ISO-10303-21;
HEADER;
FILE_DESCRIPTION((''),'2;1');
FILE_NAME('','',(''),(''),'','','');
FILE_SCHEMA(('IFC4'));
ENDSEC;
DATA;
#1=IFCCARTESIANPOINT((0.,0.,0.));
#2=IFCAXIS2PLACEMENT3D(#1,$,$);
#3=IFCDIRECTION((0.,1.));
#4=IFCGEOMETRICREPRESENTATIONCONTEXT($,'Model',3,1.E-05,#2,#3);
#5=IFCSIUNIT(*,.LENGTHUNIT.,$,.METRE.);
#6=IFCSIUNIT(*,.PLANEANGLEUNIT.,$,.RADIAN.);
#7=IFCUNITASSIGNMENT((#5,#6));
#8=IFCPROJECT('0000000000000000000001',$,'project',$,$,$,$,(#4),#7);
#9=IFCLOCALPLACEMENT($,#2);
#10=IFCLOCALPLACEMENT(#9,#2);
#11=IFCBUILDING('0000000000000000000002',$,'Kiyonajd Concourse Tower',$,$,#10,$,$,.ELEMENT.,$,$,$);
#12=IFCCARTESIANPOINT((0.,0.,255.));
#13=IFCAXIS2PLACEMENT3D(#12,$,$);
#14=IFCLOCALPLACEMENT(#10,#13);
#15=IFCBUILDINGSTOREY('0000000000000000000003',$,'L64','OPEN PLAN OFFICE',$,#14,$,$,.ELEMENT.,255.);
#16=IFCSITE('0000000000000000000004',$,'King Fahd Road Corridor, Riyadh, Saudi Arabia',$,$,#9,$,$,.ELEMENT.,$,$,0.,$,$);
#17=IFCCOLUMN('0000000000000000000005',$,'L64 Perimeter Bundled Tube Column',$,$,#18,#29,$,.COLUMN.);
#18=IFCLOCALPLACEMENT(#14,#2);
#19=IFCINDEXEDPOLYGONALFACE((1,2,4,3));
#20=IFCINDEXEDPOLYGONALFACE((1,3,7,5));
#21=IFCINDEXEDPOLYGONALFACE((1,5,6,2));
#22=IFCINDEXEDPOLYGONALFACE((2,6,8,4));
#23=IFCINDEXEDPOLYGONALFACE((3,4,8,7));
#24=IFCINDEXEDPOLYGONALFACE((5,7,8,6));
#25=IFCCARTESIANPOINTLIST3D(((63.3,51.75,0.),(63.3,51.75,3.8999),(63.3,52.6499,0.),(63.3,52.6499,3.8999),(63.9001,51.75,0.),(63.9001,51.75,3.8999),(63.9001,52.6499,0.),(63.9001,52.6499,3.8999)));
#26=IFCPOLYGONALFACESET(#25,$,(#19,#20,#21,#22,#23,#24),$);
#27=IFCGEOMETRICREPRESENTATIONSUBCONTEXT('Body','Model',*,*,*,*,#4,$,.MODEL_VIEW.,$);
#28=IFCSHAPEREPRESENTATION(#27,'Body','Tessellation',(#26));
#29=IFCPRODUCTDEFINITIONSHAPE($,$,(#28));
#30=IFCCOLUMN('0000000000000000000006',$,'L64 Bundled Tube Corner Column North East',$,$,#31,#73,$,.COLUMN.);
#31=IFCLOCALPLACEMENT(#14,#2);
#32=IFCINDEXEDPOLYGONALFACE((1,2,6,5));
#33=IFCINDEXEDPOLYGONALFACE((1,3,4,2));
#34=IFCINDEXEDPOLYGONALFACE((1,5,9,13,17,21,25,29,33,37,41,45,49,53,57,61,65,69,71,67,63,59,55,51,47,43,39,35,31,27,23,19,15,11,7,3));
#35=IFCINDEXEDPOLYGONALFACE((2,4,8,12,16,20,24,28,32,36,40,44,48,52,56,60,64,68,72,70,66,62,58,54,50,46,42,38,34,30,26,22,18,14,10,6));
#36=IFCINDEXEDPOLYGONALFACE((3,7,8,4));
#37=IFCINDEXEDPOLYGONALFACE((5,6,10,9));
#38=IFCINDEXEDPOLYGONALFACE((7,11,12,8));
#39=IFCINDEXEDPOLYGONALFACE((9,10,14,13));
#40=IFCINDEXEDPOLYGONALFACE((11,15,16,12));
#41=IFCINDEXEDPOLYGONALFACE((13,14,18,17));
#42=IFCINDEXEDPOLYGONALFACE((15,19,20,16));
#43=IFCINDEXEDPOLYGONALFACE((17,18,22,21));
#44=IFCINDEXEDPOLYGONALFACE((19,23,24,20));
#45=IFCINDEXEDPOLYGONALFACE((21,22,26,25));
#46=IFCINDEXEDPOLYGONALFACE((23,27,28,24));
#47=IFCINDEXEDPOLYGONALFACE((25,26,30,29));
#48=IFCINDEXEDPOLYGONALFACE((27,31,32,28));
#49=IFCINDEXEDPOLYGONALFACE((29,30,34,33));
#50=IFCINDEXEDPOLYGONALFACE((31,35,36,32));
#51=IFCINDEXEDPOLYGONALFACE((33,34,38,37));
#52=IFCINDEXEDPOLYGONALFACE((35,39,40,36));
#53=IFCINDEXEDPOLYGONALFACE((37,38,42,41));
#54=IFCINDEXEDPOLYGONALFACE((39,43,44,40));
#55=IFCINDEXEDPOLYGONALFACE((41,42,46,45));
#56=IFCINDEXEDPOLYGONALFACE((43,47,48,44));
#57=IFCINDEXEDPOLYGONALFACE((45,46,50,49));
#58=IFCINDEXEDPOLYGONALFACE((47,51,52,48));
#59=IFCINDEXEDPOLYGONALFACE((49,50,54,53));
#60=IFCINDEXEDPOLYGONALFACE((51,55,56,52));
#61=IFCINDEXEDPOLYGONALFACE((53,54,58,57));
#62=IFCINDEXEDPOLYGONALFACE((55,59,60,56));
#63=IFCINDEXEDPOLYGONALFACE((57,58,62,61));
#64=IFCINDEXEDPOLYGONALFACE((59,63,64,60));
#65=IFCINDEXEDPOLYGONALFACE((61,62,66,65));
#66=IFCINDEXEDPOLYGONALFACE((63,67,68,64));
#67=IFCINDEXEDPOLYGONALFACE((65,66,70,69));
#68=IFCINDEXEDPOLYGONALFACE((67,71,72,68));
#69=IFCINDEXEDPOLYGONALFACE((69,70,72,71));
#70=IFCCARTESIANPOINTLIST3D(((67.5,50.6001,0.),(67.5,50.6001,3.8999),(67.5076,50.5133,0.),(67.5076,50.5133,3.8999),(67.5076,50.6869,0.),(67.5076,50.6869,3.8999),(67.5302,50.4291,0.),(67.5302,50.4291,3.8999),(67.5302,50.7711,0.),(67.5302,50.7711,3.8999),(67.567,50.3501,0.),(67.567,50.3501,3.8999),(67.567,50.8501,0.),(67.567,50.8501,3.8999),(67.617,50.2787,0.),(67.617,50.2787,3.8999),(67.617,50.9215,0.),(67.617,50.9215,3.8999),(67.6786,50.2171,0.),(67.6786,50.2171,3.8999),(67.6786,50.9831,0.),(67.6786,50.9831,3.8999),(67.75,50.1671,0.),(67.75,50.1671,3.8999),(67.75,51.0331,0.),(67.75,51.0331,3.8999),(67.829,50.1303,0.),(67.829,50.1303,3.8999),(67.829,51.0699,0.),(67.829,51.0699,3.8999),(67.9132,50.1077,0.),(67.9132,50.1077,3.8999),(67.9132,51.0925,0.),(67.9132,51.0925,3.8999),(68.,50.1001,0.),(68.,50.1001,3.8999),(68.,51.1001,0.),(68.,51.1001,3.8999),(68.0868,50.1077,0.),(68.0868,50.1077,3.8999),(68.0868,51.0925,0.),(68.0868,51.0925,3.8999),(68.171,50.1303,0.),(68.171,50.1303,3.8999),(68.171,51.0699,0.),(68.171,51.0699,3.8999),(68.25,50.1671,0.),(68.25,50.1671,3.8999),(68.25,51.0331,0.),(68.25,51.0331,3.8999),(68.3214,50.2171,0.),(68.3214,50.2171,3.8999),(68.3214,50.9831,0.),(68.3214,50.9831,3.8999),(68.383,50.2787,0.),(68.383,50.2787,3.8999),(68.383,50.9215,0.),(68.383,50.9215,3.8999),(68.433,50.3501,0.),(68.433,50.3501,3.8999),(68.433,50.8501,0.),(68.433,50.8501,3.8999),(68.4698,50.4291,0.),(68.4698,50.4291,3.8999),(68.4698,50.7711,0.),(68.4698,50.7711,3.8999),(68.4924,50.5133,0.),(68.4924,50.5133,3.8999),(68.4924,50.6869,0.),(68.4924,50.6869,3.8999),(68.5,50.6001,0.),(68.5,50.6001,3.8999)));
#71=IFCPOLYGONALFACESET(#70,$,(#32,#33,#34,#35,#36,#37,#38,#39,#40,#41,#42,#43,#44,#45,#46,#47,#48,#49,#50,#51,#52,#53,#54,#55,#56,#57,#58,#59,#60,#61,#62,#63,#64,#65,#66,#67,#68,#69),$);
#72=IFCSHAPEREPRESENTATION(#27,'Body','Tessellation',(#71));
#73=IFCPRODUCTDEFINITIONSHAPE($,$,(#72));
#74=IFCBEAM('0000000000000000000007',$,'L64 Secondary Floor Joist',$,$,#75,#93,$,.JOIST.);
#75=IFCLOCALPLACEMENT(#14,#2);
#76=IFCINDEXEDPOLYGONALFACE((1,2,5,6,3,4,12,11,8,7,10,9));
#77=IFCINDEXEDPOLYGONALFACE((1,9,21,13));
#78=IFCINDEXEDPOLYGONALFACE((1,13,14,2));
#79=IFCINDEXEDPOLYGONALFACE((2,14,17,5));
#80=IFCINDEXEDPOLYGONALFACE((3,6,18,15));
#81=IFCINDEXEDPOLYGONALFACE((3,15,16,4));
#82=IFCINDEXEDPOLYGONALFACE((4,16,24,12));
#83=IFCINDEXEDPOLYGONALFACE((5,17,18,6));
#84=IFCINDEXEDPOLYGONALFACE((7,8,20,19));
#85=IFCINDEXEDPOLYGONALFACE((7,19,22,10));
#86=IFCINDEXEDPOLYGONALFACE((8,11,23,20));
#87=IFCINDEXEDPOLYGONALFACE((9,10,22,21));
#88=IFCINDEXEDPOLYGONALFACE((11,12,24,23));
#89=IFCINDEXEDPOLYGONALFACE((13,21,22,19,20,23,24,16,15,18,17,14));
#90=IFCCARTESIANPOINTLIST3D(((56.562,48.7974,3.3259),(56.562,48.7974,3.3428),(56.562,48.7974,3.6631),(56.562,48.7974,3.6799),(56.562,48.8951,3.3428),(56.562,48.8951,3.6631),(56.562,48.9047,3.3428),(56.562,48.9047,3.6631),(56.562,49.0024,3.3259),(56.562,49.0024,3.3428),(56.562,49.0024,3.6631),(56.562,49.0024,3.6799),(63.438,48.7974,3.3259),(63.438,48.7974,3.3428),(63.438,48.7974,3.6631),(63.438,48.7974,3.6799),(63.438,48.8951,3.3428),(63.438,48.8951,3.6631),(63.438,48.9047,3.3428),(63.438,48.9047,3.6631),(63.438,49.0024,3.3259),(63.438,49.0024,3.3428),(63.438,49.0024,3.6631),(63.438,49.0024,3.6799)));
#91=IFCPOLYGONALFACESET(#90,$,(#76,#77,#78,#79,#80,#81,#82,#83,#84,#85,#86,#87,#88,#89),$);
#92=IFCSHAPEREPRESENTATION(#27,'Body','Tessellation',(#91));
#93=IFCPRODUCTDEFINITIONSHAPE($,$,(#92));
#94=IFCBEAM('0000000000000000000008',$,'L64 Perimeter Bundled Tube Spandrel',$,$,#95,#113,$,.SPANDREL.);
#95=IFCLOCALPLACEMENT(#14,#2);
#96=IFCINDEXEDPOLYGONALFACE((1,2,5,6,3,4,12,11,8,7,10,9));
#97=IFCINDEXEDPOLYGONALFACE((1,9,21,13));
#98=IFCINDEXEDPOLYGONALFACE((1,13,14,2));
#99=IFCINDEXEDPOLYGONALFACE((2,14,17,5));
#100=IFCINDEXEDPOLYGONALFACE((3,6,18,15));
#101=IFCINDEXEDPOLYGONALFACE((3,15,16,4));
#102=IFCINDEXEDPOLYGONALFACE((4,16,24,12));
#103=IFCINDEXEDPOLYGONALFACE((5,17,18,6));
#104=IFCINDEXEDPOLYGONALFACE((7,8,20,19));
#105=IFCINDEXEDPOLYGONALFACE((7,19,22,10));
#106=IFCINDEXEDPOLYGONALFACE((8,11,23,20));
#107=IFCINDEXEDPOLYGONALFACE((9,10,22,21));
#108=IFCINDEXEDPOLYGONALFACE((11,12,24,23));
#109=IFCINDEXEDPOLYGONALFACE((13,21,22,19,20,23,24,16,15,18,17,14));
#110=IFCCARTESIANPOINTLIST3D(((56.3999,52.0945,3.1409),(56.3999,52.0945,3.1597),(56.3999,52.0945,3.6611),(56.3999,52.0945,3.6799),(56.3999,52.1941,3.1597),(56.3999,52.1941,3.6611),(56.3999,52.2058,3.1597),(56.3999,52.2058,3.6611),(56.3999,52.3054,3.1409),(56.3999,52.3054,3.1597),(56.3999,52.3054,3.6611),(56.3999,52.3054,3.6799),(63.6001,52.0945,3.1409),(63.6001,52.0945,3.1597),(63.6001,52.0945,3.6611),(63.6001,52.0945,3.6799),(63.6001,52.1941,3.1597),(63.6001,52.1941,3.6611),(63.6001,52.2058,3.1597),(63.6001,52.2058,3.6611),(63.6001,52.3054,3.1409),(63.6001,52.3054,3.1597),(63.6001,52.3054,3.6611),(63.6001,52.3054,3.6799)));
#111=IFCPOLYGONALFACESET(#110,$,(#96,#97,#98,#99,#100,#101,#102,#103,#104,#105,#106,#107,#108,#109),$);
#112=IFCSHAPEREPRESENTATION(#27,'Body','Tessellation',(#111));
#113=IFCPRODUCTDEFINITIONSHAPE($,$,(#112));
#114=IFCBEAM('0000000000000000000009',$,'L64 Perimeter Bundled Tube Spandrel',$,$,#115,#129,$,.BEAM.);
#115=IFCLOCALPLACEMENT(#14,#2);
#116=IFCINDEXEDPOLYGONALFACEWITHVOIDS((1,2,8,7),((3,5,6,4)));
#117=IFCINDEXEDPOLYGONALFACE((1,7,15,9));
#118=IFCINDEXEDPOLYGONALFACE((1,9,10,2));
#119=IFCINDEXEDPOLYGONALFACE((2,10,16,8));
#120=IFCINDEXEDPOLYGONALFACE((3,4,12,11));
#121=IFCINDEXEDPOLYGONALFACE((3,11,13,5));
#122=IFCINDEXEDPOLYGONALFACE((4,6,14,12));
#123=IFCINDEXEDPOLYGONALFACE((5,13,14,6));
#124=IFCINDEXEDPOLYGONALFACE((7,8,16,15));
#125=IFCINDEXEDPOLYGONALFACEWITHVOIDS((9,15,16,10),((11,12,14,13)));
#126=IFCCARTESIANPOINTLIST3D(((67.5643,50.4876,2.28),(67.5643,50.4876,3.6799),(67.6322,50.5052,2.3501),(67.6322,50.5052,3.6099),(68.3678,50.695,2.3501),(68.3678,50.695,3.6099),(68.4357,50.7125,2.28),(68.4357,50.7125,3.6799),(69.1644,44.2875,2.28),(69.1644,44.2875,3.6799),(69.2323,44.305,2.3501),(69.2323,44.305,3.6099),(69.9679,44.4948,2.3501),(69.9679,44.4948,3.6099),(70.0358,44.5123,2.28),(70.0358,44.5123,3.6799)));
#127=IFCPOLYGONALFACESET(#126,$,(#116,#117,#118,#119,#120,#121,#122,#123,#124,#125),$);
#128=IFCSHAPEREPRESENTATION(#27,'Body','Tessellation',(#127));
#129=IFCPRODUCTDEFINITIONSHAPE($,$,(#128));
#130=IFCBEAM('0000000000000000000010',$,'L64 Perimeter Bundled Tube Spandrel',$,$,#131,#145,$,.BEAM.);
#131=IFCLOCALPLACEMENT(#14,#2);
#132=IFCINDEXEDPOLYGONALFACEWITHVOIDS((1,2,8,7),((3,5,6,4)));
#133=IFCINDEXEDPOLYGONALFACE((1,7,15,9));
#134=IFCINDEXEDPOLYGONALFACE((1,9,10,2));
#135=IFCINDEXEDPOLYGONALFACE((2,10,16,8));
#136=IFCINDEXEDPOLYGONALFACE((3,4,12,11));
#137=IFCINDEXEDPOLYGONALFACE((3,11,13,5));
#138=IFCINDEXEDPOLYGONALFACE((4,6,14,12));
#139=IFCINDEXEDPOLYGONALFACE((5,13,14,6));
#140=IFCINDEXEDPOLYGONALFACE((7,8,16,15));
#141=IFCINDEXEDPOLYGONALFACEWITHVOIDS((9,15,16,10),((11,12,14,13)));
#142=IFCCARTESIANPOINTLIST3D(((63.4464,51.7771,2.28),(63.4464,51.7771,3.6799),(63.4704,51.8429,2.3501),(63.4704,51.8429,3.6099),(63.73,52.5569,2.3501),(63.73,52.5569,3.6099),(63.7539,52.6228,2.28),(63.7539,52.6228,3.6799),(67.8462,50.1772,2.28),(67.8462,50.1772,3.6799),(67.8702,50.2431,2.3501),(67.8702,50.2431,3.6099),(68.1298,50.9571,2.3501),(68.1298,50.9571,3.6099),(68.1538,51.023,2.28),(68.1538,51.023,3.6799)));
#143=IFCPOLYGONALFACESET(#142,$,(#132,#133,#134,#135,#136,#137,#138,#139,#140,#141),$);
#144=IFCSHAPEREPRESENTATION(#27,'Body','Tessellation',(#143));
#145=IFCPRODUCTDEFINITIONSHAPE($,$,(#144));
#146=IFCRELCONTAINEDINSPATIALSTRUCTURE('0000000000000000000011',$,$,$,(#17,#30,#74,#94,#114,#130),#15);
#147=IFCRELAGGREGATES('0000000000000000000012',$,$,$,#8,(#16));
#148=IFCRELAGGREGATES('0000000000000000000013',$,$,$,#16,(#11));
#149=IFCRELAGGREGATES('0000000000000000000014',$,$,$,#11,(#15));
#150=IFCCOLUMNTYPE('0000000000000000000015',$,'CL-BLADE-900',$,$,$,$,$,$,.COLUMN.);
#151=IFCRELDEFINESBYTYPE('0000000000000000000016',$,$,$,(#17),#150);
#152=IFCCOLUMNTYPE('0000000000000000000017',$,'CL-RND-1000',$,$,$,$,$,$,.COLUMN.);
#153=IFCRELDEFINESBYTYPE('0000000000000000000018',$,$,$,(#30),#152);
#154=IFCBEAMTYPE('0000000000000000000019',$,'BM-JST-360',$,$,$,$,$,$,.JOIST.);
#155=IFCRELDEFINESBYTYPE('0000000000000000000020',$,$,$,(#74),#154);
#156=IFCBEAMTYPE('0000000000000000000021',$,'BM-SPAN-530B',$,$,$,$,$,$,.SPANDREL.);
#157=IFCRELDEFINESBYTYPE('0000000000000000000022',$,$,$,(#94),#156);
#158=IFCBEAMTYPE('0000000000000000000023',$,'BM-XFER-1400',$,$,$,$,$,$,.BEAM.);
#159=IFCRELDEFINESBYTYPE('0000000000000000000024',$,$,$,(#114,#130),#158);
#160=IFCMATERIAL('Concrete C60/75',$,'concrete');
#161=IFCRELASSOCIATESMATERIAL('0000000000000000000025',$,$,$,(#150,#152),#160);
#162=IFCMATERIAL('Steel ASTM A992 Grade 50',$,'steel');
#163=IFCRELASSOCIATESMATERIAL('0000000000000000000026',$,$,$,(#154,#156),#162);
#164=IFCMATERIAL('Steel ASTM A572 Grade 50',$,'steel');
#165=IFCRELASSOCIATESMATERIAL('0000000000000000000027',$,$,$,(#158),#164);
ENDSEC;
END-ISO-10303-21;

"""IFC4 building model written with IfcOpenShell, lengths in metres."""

from ifc_helpers import new_model, si_unit, direction, frame, origin, origin_2d, place, context, subcontext, project, spatial, rectangle, hollow_rectangle, circle, i_section, extrude, material, material_profile, profile_set, type_object, element, save


model = new_model("IFC4")

# Units and contexts
model_context = context("Model", 3, precision=1e-05, world=origin(), true_north=direction((0.0, 1.0)))
body_context = subcontext(model_context, "Body", "Model", "MODEL_VIEW")
ifc_project = project(units=[si_unit("LENGTHUNIT", "METRE"), si_unit("PLANEANGLEUNIT", "RADIAN")], contexts=[model_context])

# Site, building, storey
site_placement = place(None, origin())
site = spatial("IfcSite", under=ifc_project, at=site_placement, Name="King Fahd Road Corridor, Riyadh, Saudi Arabia", CompositionType="ELEMENT", RefElevation=0.0)
building_placement = place(site_placement, origin())
building = spatial("IfcBuilding", under=site, at=building_placement, Name="Kiyonajd Concourse Tower", CompositionType="ELEMENT")
storey_placement = place(building_placement, frame((0.0, 0.0, 255.0)))
storey = spatial("IfcBuildingStorey", under=building, at=storey_placement, Name="L64", Description="OPEN PLAN OFFICE", CompositionType="ELEMENT", Elevation=255.0)

# Columns
ifc_material_1 = material(Name="Concrete C60/75", Category="concrete")
ifc_material_profile_1 = material_profile(ifc_material_1, rectangle(XDim=0.6001, YDim=0.8999, at=origin_2d()), Name="RC-900x600")
ifc_profile_set_1 = profile_set([ifc_material_profile_1], Name="Concrete C60/75")
column_type_1 = type_object("IfcColumnType", Name="CL-BLADE-900", PredefinedType="COLUMN", material=ifc_profile_set_1)
column_1_placement = place(storey_placement, frame((63.6001, 52.2, 0.0), z_axis=(0.0, 0.0, 1.0), x_axis=(1.0, 0.0, 0.0)))
element("IfcColumn", 1, at=column_1_placement, inside=storey, type_object=column_type_1, Name="L64 Perimeter Bundled Tube Column", PredefinedType="COLUMN", context=body_context, shape_type="SweptSolid", body=[
    extrude(rectangle(XDim=0.6001, YDim=0.8999, at=origin_2d()), origin(), (0.0, 0.0, 1.0), 3.8999),
])
ifc_material_profile_2 = material_profile(ifc_material_1, circle(Radius=0.5, at=origin_2d()), Name="RCC-D1000")
ifc_profile_set_2 = profile_set([ifc_material_profile_2], Name="Concrete C60/75")
column_type_2 = type_object("IfcColumnType", Name="CL-RND-1000", PredefinedType="COLUMN", material=ifc_profile_set_2)
column_2_placement = place(storey_placement, frame((68.0, 50.6001, 0.0), z_axis=(0.0, 0.0, 1.0), x_axis=(1.0, 0.0, 0.0)))
element("IfcColumn", 2, at=column_2_placement, inside=storey, type_object=column_type_2, Name="L64 Bundled Tube Corner Column North East", PredefinedType="COLUMN", context=body_context, shape_type="SweptSolid", body=[
    extrude(circle(Radius=0.5, at=origin_2d()), origin(), (0.0, 0.0, 1.0), 3.8999),
])

# Beams
ifc_material_2 = material(Name="Steel ASTM A992 Grade 50", Category="steel")
ifc_material_profile_3 = material_profile(ifc_material_2, i_section(OverallWidth=0.2051, OverallDepth=0.354, WebThickness=0.0095, FlangeThickness=0.0168, at=origin_2d()), Name="W360X79")
ifc_profile_set_3 = profile_set([ifc_material_profile_3], Name="Steel ASTM A992 Grade 50")
beam_type_1 = type_object("IfcBeamType", Name="BM-JST-360", PredefinedType="JOIST", material=ifc_profile_set_3)
beam_1_placement = place(storey_placement, frame((56.562, 48.8999, 3.5029), z_axis=(1.0, 0.0, 0.0), x_axis=(0.0, 1.0, 0.0)))
element("IfcBeam", 3, at=beam_1_placement, inside=storey, type_object=beam_type_1, Name="L64 Secondary Floor Joist", PredefinedType="JOIST", context=body_context, shape_type="SweptSolid", body=[
    extrude(i_section(OverallWidth=0.2051, OverallDepth=0.354, WebThickness=0.0095, FlangeThickness=0.0168, at=origin_2d()), origin(), (0.0, 0.0, 1.0), 6.876),
])
ifc_material_profile_4 = material_profile(ifc_material_2, i_section(OverallWidth=0.2109, OverallDepth=0.5391, WebThickness=0.0117, FlangeThickness=0.0188, at=origin_2d()), Name="W530X109")
ifc_profile_set_4 = profile_set([ifc_material_profile_4], Name="Steel ASTM A992 Grade 50")
beam_type_2 = type_object("IfcBeamType", Name="BM-SPAN-530B", PredefinedType="SPANDREL", material=ifc_profile_set_4)
beam_2_placement = place(storey_placement, frame((63.6001, 52.2, 3.4104), z_axis=(-1.0, 0.0, 0.0), x_axis=(0.0, -1.0, 0.0)))
element("IfcBeam", 4, at=beam_2_placement, inside=storey, type_object=beam_type_2, Name="L64 Perimeter Bundled Tube Spandrel", PredefinedType="SPANDREL", context=body_context, shape_type="SweptSolid", body=[
    extrude(i_section(OverallWidth=0.2109, OverallDepth=0.5391, WebThickness=0.0117, FlangeThickness=0.0188, at=origin_2d()), origin(), (0.0, 0.0, 1.0), 7.2002),
])
ifc_material_3 = material(Name="Steel ASTM A572 Grade 50", Category="steel")
ifc_material_profile_5 = material_profile(ifc_material_3, hollow_rectangle(XDim=0.8999, YDim=1.3999, WallThickness=0.0701, at=origin_2d()), Name="BOX-1400x900x70")
ifc_profile_set_5 = profile_set([ifc_material_profile_5], Name="Steel ASTM A572 Grade 50")
beam_type_3 = type_object("IfcBeamType", Name="BM-XFER-1400", PredefinedType="BEAM", material=ifc_profile_set_5)
beam_3_placement = place(storey_placement, frame((69.6001, 44.3999, 2.98), z_axis=(-0.249885, 0.968276, 0.0), x_axis=(-0.968276, -0.249885, 0.0)))
element("IfcBeam", 5, at=beam_3_placement, inside=storey, type_object=beam_type_3, Name="L64 Perimeter Bundled Tube Spandrel", PredefinedType="BEAM", context=body_context, shape_type="SweptSolid", body=[
    extrude(hollow_rectangle(XDim=0.8999, YDim=1.3999, WallThickness=0.0701, at=origin_2d()), origin(), (0.0, 0.0, 1.0), 6.4033),
])
beam_4_placement = place(storey_placement, frame((68.0, 50.6001, 2.98), z_axis=(-0.939801, 0.341722, 0.0), x_axis=(-0.341722, -0.939801, 0.0)))
element("IfcBeam", 6, at=beam_4_placement, inside=storey, type_object=beam_type_3, Name="L64 Perimeter Bundled Tube Spandrel", PredefinedType="BEAM", context=body_context, shape_type="SweptSolid", body=[
    extrude(hollow_rectangle(XDim=0.8999, YDim=1.3999, WallThickness=0.0701, at=origin_2d()), origin(), (0.0, 0.0, 1.0), 4.6816),
])

save(model, "model.ifc")
